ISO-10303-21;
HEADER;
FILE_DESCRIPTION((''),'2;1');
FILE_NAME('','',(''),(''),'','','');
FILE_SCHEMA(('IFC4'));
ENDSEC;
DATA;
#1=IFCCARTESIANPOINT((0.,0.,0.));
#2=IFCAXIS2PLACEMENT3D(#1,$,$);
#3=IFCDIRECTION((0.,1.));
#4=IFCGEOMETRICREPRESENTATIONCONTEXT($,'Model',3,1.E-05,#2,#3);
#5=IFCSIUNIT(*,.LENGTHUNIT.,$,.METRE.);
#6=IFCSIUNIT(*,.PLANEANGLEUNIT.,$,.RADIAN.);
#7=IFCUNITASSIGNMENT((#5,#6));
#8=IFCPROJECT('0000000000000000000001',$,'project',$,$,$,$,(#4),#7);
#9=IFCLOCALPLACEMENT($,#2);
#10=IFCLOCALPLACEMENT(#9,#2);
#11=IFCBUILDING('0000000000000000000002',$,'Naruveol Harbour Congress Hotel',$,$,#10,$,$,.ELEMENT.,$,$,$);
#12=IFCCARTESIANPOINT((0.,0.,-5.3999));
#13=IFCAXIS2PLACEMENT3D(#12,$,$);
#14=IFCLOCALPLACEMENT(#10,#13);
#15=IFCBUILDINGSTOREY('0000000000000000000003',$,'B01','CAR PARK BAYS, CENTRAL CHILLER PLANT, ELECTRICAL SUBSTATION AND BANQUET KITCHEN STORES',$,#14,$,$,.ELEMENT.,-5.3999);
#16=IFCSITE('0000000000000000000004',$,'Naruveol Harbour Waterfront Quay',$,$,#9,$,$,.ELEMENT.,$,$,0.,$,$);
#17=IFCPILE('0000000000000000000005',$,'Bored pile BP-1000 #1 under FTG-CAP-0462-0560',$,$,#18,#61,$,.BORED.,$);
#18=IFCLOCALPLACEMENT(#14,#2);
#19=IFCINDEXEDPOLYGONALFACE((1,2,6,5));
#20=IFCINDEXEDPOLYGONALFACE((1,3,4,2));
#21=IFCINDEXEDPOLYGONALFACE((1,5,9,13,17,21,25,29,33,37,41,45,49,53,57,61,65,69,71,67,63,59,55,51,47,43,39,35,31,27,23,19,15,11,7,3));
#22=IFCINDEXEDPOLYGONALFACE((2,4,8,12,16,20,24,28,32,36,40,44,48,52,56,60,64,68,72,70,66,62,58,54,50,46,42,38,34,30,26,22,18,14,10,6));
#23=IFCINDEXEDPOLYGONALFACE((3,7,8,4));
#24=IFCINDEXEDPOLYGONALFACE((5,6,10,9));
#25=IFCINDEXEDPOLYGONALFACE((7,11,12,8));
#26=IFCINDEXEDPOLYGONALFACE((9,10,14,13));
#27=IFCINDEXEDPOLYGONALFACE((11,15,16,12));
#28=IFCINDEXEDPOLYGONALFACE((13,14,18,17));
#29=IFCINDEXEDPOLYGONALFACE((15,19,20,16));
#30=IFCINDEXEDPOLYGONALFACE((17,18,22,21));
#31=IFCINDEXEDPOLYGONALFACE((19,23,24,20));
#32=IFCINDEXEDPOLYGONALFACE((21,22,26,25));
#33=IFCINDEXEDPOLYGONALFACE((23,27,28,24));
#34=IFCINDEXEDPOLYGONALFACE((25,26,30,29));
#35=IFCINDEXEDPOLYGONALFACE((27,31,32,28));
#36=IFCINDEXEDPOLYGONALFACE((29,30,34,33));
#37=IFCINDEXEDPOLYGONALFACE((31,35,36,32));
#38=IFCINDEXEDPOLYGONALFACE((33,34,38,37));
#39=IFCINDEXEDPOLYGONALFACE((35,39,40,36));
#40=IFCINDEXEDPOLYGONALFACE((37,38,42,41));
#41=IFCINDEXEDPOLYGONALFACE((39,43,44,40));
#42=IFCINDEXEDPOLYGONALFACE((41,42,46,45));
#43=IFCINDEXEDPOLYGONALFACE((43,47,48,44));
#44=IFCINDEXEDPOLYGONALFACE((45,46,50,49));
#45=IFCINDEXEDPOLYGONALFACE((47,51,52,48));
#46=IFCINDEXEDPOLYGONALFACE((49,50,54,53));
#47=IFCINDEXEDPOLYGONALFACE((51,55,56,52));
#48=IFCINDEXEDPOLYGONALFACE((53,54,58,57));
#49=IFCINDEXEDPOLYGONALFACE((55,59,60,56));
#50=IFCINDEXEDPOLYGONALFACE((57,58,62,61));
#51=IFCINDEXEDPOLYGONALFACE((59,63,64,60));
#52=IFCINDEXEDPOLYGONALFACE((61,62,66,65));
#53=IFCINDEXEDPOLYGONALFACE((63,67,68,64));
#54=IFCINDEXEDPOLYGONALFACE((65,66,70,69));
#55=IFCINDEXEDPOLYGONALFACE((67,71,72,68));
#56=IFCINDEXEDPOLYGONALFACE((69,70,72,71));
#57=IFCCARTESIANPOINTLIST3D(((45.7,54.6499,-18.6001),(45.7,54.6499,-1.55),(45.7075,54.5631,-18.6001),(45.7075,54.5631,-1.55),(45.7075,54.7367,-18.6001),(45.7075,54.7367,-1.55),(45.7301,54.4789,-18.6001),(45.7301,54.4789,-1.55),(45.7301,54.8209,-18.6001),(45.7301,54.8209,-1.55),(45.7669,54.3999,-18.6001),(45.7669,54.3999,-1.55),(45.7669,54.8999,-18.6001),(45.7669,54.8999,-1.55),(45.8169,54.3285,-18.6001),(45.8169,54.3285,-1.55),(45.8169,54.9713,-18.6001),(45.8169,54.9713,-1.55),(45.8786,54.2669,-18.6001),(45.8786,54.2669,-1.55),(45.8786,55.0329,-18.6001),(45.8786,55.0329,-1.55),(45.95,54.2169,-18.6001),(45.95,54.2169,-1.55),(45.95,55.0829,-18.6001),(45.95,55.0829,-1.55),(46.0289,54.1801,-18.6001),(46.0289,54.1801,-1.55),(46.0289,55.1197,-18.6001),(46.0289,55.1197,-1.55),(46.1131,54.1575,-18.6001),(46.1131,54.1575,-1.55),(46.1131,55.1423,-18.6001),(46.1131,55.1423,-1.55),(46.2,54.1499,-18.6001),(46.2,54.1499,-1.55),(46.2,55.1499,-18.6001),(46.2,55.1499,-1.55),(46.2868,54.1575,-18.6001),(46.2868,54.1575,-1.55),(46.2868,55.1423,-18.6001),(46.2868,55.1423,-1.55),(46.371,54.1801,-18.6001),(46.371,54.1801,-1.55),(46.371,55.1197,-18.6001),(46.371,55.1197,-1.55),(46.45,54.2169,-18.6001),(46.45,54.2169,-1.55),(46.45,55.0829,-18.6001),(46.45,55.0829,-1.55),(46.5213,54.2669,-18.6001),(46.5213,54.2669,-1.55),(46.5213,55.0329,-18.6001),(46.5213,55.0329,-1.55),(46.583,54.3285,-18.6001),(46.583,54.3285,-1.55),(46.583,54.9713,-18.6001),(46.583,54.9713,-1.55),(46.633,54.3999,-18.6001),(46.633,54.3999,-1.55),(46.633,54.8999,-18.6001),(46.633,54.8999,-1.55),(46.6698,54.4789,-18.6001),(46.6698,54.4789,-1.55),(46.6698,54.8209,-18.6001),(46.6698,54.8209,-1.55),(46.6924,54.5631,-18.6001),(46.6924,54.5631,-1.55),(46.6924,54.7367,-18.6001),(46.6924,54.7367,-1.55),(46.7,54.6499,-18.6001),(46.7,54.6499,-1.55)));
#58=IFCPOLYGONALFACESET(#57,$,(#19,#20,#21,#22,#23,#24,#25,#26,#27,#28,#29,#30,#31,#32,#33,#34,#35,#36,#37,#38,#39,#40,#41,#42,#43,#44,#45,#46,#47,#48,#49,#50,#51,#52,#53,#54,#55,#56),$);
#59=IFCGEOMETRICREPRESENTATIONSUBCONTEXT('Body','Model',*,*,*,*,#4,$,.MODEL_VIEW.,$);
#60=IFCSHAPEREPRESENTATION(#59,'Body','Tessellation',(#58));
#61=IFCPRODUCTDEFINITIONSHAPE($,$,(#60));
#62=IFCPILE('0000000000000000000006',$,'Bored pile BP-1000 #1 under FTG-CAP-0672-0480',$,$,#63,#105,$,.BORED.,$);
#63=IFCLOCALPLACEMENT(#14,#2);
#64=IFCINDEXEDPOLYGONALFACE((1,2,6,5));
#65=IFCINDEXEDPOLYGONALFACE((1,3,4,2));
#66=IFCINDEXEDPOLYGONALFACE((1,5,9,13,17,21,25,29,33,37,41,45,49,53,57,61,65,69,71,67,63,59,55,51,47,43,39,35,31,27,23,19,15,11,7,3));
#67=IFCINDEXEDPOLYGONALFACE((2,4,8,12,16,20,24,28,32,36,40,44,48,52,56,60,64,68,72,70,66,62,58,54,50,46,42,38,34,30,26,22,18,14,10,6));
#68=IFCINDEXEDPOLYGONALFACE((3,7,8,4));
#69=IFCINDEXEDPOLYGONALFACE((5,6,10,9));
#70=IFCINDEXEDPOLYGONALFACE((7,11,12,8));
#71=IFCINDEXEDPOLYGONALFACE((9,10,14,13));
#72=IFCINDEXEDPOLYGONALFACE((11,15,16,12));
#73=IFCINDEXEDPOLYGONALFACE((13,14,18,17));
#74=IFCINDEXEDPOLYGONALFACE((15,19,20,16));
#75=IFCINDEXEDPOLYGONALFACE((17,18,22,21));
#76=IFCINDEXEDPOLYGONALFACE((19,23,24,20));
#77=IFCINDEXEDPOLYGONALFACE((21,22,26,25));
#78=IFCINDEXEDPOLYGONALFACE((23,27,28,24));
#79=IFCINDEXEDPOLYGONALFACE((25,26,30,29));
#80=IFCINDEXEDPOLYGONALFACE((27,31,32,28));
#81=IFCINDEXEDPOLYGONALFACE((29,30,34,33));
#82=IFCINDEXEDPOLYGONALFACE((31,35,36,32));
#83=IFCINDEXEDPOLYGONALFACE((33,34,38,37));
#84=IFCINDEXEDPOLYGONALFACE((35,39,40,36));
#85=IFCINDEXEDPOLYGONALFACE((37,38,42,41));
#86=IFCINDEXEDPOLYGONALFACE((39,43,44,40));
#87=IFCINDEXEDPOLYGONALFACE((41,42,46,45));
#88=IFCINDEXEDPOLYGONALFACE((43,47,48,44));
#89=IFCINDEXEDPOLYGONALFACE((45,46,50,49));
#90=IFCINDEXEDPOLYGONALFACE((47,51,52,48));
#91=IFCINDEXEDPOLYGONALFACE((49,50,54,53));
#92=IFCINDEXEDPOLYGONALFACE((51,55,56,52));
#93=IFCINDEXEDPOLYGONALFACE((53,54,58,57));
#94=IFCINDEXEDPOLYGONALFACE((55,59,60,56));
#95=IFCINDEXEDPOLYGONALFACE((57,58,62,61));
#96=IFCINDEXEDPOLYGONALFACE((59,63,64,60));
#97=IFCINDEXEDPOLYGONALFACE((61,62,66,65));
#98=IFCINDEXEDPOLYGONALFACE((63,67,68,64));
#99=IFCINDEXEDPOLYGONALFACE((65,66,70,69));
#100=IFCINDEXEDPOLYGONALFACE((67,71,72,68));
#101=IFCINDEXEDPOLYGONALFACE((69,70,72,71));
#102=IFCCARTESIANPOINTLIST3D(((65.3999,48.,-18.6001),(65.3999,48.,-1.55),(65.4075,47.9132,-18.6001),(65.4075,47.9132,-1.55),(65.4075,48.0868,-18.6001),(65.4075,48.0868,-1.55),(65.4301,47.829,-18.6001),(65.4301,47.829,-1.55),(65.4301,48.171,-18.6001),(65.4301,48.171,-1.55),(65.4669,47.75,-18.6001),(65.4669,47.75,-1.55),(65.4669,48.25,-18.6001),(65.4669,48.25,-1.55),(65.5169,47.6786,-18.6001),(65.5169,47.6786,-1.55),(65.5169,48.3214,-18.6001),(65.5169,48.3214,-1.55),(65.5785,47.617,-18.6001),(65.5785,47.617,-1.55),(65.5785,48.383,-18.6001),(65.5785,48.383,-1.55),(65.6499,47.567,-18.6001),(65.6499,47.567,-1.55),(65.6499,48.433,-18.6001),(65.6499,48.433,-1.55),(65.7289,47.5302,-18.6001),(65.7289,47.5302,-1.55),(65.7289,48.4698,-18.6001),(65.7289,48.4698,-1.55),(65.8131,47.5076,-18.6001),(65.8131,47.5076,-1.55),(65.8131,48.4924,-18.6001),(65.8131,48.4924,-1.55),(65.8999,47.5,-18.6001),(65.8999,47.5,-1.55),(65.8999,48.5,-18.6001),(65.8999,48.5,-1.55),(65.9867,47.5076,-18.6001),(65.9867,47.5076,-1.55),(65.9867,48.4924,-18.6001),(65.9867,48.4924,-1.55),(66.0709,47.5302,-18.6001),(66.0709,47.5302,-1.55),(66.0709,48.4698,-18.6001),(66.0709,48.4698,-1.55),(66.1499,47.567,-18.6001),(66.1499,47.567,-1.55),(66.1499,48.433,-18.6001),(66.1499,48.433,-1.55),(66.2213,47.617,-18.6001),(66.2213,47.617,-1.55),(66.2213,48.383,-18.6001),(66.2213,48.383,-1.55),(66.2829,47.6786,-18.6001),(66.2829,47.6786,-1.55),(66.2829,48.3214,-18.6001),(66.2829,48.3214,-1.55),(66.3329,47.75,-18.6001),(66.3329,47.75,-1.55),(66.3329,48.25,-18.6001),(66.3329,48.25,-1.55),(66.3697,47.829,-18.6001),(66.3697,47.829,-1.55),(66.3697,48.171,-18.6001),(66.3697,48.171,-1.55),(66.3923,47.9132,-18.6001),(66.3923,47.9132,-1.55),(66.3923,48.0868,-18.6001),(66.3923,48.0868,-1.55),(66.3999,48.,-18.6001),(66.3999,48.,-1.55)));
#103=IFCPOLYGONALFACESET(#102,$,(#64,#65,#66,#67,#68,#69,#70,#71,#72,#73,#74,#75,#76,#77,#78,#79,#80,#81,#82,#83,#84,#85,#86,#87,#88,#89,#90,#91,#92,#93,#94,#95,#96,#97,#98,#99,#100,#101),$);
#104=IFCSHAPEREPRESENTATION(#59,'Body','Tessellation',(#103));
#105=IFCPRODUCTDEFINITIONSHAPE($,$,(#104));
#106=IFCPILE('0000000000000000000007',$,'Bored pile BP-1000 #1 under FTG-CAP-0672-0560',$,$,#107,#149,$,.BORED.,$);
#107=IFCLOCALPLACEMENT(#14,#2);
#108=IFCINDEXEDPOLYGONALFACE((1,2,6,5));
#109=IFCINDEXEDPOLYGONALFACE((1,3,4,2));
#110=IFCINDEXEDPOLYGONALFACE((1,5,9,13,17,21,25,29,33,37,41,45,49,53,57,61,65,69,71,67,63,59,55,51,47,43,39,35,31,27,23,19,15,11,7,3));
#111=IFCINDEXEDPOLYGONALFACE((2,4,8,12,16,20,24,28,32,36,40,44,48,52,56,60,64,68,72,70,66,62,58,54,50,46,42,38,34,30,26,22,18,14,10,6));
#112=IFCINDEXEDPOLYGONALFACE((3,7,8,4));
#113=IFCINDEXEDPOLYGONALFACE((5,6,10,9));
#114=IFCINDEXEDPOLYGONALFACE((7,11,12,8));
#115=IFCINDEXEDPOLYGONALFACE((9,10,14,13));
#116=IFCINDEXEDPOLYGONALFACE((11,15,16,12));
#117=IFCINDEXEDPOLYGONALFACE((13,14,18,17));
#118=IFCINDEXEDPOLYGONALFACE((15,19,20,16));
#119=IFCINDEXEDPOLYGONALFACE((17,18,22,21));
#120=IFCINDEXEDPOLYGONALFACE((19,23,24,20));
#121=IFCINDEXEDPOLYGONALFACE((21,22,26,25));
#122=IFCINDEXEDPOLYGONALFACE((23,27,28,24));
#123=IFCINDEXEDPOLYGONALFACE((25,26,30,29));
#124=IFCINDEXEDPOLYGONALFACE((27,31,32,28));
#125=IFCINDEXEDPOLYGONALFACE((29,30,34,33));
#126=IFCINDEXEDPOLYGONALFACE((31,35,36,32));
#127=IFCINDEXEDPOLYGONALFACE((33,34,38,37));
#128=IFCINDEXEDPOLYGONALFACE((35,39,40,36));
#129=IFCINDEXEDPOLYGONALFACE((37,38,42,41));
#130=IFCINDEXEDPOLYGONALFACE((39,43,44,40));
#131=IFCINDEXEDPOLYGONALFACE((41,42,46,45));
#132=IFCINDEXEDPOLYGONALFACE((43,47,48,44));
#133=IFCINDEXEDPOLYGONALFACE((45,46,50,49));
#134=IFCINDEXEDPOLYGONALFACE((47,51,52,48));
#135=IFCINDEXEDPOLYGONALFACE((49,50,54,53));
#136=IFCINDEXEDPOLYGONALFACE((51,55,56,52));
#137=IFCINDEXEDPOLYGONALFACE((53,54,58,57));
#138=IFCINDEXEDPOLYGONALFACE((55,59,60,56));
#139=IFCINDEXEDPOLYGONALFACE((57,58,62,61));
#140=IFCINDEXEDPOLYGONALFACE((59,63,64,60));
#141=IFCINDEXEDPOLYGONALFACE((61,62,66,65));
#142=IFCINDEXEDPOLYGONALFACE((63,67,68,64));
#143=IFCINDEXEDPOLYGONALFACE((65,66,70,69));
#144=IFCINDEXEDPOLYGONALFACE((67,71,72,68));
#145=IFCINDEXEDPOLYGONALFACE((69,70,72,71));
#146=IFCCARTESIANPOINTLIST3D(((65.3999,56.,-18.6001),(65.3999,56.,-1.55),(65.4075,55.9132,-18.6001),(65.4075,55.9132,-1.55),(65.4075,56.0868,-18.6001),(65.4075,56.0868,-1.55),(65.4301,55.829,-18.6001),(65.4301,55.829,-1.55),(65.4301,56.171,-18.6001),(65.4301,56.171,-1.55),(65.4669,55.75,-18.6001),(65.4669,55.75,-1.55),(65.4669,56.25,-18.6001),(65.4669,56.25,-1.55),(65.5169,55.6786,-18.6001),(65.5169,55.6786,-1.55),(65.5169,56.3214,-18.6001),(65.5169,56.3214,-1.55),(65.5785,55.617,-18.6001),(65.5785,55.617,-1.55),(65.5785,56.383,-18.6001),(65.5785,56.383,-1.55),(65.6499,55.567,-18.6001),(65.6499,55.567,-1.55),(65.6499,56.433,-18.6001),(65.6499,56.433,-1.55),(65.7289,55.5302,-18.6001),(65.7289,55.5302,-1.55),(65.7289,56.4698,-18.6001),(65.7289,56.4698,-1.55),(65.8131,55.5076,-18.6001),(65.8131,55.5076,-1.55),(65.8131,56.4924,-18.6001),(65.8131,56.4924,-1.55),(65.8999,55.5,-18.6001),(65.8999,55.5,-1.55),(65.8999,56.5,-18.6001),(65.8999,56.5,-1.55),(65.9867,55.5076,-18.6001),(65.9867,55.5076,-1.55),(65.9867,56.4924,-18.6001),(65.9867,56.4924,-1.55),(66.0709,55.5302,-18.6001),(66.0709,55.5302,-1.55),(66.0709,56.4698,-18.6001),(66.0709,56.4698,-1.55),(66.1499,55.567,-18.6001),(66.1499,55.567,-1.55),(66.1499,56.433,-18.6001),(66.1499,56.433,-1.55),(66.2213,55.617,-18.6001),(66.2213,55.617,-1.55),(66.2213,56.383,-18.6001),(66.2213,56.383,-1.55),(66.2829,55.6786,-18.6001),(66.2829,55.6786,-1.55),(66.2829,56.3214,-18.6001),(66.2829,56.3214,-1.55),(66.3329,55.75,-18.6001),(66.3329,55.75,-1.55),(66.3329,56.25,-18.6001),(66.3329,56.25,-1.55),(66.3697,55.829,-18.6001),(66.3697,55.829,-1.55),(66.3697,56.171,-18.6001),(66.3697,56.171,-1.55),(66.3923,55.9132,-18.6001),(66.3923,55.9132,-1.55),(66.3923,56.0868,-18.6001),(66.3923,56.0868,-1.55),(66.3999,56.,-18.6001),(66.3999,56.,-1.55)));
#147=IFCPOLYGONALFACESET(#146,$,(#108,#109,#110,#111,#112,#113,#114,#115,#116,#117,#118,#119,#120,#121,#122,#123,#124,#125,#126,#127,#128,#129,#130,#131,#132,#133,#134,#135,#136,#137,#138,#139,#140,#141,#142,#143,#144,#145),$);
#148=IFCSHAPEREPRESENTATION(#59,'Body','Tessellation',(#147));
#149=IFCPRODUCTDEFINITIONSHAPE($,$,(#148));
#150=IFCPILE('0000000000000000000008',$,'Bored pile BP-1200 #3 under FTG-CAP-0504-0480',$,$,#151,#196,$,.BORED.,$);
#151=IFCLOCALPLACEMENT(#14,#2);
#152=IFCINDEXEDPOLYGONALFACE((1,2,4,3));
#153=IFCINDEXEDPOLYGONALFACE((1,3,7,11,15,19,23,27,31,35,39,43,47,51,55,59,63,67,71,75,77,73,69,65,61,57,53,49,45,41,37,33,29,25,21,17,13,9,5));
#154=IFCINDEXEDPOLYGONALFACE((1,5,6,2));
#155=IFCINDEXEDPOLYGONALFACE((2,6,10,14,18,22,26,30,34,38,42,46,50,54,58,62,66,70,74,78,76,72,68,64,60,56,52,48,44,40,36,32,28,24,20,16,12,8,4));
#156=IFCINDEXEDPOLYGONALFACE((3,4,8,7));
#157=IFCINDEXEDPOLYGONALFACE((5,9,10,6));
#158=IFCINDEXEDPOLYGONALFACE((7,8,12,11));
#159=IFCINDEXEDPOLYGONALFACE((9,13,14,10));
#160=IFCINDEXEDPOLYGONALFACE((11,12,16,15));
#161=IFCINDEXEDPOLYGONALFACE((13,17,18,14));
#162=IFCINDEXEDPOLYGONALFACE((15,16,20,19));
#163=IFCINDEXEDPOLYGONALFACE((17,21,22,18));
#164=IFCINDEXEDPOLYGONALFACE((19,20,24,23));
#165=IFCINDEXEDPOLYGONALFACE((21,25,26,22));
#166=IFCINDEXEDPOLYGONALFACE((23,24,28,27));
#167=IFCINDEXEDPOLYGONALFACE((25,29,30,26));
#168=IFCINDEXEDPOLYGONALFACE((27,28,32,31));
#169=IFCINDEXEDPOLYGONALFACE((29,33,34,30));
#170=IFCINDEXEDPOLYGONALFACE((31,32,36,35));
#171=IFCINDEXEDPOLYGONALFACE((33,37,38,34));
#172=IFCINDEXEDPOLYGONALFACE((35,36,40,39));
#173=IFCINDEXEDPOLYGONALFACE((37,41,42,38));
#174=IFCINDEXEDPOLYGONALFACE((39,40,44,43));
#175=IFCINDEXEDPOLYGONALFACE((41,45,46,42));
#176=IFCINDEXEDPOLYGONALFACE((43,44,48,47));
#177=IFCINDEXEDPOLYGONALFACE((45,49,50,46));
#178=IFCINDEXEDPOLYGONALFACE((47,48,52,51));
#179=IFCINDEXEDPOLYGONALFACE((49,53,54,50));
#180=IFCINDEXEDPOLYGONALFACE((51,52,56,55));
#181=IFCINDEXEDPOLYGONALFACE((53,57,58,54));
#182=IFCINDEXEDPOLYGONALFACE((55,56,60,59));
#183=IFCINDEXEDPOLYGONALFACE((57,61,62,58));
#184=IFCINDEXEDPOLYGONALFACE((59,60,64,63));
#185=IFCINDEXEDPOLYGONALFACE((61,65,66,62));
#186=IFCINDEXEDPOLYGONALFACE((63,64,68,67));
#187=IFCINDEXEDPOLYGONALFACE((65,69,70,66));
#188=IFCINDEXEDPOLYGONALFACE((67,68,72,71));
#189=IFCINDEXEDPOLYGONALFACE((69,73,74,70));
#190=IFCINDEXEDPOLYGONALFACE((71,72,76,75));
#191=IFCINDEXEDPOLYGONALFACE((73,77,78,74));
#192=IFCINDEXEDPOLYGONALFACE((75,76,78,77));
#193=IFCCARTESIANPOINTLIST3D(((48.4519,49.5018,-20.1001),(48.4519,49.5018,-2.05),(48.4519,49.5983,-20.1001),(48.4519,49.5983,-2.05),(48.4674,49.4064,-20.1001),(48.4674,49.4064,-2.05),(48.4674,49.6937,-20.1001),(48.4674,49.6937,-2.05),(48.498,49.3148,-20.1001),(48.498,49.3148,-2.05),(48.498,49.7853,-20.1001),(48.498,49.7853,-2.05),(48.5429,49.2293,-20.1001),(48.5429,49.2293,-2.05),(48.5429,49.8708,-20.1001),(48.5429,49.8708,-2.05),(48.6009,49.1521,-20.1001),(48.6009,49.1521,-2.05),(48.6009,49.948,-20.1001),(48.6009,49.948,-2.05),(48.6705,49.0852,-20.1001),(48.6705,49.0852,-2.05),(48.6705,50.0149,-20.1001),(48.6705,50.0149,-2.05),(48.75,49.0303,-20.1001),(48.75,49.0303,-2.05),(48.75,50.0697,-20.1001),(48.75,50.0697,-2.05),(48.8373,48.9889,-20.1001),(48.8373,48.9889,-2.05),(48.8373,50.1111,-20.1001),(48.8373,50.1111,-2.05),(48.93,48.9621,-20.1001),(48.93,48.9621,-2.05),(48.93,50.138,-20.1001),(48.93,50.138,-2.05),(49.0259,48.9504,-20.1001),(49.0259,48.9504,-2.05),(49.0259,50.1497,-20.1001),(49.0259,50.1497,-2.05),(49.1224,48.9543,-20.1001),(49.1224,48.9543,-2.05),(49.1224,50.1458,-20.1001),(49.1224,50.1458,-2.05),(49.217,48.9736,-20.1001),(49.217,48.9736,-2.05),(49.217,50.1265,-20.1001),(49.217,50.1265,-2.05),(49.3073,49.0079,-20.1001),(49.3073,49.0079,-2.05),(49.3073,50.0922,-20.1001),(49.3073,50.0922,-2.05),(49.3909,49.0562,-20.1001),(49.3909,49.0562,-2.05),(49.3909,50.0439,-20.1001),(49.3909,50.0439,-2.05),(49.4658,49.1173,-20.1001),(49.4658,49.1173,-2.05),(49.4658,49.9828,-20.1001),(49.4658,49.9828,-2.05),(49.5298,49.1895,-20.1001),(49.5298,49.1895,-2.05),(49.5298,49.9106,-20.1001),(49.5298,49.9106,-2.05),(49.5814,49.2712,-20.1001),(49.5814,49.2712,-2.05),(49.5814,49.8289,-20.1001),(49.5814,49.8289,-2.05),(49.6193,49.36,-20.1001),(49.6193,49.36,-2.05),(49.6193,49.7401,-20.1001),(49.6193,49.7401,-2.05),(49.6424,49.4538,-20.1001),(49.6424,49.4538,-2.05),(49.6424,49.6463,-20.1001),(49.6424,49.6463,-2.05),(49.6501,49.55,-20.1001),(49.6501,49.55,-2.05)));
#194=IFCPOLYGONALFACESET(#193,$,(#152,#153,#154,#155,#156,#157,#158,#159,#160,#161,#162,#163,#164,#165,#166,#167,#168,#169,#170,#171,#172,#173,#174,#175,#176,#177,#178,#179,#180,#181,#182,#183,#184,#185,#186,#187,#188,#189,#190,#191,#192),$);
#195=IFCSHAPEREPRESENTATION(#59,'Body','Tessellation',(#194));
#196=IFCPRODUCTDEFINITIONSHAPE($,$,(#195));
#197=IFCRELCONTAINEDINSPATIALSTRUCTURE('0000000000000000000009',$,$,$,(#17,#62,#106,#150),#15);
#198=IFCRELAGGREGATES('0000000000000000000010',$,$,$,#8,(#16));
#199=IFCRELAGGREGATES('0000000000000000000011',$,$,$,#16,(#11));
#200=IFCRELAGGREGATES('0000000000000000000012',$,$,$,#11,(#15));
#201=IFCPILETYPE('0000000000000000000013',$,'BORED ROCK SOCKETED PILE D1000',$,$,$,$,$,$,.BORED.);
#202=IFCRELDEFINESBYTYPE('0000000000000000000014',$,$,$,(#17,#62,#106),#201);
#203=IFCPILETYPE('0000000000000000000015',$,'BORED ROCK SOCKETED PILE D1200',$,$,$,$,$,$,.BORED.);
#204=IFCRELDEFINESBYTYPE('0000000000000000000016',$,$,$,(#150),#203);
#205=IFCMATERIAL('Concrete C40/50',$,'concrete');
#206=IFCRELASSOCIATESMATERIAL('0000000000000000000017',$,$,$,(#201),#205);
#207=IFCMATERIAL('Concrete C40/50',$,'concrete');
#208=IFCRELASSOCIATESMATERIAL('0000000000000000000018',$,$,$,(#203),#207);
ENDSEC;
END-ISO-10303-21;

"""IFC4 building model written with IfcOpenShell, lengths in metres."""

from ifc_helpers import new_model, si_unit, direction, frame, origin, origin_2d, place, context, subcontext, project, spatial, circle, extrude, material, material_profile, profile_set, type_object, element, save


model = new_model("IFC4")

# Units and contexts
model_context = context("Model", 3, precision=1e-05, world=origin(), true_north=direction((0.0, 1.0)))
body_context = subcontext(model_context, "Body", "Model", "MODEL_VIEW")
ifc_project = project(units=[si_unit("LENGTHUNIT", "METRE"), si_unit("PLANEANGLEUNIT", "RADIAN")], contexts=[model_context])

# Site, building, storey
site_placement = place(None, origin())
site = spatial("IfcSite", under=ifc_project, at=site_placement, Name="Naruveol Harbour Waterfront Quay", CompositionType="ELEMENT", RefElevation=0.0)
building_placement = place(site_placement, origin())
building = spatial("IfcBuilding", under=site, at=building_placement, Name="Naruveol Harbour Congress Hotel", CompositionType="ELEMENT")
storey_placement = place(building_placement, frame((0.0, 0.0, -5.3999)))
storey = spatial("IfcBuildingStorey", under=building, at=storey_placement, Name="B01", Description="CAR PARK BAYS, CENTRAL CHILLER PLANT, ELECTRICAL SUBSTATION AND BANQUET KITCHEN STORES", CompositionType="ELEMENT", Elevation=-5.3999)

# Piles
ifc_material_1 = material(Name="Concrete C40/50", Category="concrete")
ifc_material_profile_1 = material_profile(ifc_material_1, circle(Radius=0.5, at=origin_2d()), Name="BP-1000")
ifc_profile_set_1 = profile_set([ifc_material_profile_1], Name="Concrete C40/50")
pile_type_1 = type_object("IfcPileType", Name="BORED ROCK SOCKETED PILE D1000", PredefinedType="BORED", material=ifc_profile_set_1)
for number, where, z_axis, x_axis, name in (
    (1, (46.2, 54.6499, -1.55), (0.0, 0.0, -1.0), (1.0, 0.0, 0.0), "Bored pile BP-1000 #1 under FTG-CAP-0462-0560"),
    (2, (65.8999, 48.0, -1.55), (0.0, 0.0, -1.0), (1.0, 0.0, 0.0), "Bored pile BP-1000 #1 under FTG-CAP-0672-0480"),
    (3, (65.8999, 56.0, -1.55), (0.0, 0.0, -1.0), (1.0, 0.0, 0.0), "Bored pile BP-1000 #1 under FTG-CAP-0672-0560"),
):
    element("IfcPile", number, at=place(storey_placement, frame(where, z_axis=z_axis, x_axis=x_axis)), inside=storey, type_object=pile_type_1, Name=name, PredefinedType="BORED", context=body_context, shape_type="SweptSolid", body=[
        extrude(circle(Radius=0.5, at=origin_2d()), origin(), (0.0, 0.0, 1.0), 17.05),
    ])
ifc_material_2 = material(Name="Concrete C40/50", Category="concrete")
ifc_material_profile_2 = material_profile(ifc_material_2, circle(Radius=0.6001, at=origin_2d()), Name="BP-1200")
ifc_profile_set_2 = profile_set([ifc_material_profile_2], Name="Concrete C40/50")
pile_type_2 = type_object("IfcPileType", Name="BORED ROCK SOCKETED PILE D1200", PredefinedType="BORED", material=ifc_profile_set_2)
for number, where, z_axis, x_axis, name in (
    (4, (49.05, 49.55, -2.05), (0.0, 0.0, -1.0), (1.0, 0.0, 0.0), "Bored pile BP-1200 #3 under FTG-CAP-0504-0480"),
):
    element("IfcPile", number, at=place(storey_placement, frame(where, z_axis=z_axis, x_axis=x_axis)), inside=storey, type_object=pile_type_2, Name=name, PredefinedType="BORED", context=body_context, shape_type="SweptSolid", body=[
        extrude(circle(Radius=0.6001, at=origin_2d()), origin(), (0.0, 0.0, 1.0), 18.05),
    ])

save(model, "model.ifc")
